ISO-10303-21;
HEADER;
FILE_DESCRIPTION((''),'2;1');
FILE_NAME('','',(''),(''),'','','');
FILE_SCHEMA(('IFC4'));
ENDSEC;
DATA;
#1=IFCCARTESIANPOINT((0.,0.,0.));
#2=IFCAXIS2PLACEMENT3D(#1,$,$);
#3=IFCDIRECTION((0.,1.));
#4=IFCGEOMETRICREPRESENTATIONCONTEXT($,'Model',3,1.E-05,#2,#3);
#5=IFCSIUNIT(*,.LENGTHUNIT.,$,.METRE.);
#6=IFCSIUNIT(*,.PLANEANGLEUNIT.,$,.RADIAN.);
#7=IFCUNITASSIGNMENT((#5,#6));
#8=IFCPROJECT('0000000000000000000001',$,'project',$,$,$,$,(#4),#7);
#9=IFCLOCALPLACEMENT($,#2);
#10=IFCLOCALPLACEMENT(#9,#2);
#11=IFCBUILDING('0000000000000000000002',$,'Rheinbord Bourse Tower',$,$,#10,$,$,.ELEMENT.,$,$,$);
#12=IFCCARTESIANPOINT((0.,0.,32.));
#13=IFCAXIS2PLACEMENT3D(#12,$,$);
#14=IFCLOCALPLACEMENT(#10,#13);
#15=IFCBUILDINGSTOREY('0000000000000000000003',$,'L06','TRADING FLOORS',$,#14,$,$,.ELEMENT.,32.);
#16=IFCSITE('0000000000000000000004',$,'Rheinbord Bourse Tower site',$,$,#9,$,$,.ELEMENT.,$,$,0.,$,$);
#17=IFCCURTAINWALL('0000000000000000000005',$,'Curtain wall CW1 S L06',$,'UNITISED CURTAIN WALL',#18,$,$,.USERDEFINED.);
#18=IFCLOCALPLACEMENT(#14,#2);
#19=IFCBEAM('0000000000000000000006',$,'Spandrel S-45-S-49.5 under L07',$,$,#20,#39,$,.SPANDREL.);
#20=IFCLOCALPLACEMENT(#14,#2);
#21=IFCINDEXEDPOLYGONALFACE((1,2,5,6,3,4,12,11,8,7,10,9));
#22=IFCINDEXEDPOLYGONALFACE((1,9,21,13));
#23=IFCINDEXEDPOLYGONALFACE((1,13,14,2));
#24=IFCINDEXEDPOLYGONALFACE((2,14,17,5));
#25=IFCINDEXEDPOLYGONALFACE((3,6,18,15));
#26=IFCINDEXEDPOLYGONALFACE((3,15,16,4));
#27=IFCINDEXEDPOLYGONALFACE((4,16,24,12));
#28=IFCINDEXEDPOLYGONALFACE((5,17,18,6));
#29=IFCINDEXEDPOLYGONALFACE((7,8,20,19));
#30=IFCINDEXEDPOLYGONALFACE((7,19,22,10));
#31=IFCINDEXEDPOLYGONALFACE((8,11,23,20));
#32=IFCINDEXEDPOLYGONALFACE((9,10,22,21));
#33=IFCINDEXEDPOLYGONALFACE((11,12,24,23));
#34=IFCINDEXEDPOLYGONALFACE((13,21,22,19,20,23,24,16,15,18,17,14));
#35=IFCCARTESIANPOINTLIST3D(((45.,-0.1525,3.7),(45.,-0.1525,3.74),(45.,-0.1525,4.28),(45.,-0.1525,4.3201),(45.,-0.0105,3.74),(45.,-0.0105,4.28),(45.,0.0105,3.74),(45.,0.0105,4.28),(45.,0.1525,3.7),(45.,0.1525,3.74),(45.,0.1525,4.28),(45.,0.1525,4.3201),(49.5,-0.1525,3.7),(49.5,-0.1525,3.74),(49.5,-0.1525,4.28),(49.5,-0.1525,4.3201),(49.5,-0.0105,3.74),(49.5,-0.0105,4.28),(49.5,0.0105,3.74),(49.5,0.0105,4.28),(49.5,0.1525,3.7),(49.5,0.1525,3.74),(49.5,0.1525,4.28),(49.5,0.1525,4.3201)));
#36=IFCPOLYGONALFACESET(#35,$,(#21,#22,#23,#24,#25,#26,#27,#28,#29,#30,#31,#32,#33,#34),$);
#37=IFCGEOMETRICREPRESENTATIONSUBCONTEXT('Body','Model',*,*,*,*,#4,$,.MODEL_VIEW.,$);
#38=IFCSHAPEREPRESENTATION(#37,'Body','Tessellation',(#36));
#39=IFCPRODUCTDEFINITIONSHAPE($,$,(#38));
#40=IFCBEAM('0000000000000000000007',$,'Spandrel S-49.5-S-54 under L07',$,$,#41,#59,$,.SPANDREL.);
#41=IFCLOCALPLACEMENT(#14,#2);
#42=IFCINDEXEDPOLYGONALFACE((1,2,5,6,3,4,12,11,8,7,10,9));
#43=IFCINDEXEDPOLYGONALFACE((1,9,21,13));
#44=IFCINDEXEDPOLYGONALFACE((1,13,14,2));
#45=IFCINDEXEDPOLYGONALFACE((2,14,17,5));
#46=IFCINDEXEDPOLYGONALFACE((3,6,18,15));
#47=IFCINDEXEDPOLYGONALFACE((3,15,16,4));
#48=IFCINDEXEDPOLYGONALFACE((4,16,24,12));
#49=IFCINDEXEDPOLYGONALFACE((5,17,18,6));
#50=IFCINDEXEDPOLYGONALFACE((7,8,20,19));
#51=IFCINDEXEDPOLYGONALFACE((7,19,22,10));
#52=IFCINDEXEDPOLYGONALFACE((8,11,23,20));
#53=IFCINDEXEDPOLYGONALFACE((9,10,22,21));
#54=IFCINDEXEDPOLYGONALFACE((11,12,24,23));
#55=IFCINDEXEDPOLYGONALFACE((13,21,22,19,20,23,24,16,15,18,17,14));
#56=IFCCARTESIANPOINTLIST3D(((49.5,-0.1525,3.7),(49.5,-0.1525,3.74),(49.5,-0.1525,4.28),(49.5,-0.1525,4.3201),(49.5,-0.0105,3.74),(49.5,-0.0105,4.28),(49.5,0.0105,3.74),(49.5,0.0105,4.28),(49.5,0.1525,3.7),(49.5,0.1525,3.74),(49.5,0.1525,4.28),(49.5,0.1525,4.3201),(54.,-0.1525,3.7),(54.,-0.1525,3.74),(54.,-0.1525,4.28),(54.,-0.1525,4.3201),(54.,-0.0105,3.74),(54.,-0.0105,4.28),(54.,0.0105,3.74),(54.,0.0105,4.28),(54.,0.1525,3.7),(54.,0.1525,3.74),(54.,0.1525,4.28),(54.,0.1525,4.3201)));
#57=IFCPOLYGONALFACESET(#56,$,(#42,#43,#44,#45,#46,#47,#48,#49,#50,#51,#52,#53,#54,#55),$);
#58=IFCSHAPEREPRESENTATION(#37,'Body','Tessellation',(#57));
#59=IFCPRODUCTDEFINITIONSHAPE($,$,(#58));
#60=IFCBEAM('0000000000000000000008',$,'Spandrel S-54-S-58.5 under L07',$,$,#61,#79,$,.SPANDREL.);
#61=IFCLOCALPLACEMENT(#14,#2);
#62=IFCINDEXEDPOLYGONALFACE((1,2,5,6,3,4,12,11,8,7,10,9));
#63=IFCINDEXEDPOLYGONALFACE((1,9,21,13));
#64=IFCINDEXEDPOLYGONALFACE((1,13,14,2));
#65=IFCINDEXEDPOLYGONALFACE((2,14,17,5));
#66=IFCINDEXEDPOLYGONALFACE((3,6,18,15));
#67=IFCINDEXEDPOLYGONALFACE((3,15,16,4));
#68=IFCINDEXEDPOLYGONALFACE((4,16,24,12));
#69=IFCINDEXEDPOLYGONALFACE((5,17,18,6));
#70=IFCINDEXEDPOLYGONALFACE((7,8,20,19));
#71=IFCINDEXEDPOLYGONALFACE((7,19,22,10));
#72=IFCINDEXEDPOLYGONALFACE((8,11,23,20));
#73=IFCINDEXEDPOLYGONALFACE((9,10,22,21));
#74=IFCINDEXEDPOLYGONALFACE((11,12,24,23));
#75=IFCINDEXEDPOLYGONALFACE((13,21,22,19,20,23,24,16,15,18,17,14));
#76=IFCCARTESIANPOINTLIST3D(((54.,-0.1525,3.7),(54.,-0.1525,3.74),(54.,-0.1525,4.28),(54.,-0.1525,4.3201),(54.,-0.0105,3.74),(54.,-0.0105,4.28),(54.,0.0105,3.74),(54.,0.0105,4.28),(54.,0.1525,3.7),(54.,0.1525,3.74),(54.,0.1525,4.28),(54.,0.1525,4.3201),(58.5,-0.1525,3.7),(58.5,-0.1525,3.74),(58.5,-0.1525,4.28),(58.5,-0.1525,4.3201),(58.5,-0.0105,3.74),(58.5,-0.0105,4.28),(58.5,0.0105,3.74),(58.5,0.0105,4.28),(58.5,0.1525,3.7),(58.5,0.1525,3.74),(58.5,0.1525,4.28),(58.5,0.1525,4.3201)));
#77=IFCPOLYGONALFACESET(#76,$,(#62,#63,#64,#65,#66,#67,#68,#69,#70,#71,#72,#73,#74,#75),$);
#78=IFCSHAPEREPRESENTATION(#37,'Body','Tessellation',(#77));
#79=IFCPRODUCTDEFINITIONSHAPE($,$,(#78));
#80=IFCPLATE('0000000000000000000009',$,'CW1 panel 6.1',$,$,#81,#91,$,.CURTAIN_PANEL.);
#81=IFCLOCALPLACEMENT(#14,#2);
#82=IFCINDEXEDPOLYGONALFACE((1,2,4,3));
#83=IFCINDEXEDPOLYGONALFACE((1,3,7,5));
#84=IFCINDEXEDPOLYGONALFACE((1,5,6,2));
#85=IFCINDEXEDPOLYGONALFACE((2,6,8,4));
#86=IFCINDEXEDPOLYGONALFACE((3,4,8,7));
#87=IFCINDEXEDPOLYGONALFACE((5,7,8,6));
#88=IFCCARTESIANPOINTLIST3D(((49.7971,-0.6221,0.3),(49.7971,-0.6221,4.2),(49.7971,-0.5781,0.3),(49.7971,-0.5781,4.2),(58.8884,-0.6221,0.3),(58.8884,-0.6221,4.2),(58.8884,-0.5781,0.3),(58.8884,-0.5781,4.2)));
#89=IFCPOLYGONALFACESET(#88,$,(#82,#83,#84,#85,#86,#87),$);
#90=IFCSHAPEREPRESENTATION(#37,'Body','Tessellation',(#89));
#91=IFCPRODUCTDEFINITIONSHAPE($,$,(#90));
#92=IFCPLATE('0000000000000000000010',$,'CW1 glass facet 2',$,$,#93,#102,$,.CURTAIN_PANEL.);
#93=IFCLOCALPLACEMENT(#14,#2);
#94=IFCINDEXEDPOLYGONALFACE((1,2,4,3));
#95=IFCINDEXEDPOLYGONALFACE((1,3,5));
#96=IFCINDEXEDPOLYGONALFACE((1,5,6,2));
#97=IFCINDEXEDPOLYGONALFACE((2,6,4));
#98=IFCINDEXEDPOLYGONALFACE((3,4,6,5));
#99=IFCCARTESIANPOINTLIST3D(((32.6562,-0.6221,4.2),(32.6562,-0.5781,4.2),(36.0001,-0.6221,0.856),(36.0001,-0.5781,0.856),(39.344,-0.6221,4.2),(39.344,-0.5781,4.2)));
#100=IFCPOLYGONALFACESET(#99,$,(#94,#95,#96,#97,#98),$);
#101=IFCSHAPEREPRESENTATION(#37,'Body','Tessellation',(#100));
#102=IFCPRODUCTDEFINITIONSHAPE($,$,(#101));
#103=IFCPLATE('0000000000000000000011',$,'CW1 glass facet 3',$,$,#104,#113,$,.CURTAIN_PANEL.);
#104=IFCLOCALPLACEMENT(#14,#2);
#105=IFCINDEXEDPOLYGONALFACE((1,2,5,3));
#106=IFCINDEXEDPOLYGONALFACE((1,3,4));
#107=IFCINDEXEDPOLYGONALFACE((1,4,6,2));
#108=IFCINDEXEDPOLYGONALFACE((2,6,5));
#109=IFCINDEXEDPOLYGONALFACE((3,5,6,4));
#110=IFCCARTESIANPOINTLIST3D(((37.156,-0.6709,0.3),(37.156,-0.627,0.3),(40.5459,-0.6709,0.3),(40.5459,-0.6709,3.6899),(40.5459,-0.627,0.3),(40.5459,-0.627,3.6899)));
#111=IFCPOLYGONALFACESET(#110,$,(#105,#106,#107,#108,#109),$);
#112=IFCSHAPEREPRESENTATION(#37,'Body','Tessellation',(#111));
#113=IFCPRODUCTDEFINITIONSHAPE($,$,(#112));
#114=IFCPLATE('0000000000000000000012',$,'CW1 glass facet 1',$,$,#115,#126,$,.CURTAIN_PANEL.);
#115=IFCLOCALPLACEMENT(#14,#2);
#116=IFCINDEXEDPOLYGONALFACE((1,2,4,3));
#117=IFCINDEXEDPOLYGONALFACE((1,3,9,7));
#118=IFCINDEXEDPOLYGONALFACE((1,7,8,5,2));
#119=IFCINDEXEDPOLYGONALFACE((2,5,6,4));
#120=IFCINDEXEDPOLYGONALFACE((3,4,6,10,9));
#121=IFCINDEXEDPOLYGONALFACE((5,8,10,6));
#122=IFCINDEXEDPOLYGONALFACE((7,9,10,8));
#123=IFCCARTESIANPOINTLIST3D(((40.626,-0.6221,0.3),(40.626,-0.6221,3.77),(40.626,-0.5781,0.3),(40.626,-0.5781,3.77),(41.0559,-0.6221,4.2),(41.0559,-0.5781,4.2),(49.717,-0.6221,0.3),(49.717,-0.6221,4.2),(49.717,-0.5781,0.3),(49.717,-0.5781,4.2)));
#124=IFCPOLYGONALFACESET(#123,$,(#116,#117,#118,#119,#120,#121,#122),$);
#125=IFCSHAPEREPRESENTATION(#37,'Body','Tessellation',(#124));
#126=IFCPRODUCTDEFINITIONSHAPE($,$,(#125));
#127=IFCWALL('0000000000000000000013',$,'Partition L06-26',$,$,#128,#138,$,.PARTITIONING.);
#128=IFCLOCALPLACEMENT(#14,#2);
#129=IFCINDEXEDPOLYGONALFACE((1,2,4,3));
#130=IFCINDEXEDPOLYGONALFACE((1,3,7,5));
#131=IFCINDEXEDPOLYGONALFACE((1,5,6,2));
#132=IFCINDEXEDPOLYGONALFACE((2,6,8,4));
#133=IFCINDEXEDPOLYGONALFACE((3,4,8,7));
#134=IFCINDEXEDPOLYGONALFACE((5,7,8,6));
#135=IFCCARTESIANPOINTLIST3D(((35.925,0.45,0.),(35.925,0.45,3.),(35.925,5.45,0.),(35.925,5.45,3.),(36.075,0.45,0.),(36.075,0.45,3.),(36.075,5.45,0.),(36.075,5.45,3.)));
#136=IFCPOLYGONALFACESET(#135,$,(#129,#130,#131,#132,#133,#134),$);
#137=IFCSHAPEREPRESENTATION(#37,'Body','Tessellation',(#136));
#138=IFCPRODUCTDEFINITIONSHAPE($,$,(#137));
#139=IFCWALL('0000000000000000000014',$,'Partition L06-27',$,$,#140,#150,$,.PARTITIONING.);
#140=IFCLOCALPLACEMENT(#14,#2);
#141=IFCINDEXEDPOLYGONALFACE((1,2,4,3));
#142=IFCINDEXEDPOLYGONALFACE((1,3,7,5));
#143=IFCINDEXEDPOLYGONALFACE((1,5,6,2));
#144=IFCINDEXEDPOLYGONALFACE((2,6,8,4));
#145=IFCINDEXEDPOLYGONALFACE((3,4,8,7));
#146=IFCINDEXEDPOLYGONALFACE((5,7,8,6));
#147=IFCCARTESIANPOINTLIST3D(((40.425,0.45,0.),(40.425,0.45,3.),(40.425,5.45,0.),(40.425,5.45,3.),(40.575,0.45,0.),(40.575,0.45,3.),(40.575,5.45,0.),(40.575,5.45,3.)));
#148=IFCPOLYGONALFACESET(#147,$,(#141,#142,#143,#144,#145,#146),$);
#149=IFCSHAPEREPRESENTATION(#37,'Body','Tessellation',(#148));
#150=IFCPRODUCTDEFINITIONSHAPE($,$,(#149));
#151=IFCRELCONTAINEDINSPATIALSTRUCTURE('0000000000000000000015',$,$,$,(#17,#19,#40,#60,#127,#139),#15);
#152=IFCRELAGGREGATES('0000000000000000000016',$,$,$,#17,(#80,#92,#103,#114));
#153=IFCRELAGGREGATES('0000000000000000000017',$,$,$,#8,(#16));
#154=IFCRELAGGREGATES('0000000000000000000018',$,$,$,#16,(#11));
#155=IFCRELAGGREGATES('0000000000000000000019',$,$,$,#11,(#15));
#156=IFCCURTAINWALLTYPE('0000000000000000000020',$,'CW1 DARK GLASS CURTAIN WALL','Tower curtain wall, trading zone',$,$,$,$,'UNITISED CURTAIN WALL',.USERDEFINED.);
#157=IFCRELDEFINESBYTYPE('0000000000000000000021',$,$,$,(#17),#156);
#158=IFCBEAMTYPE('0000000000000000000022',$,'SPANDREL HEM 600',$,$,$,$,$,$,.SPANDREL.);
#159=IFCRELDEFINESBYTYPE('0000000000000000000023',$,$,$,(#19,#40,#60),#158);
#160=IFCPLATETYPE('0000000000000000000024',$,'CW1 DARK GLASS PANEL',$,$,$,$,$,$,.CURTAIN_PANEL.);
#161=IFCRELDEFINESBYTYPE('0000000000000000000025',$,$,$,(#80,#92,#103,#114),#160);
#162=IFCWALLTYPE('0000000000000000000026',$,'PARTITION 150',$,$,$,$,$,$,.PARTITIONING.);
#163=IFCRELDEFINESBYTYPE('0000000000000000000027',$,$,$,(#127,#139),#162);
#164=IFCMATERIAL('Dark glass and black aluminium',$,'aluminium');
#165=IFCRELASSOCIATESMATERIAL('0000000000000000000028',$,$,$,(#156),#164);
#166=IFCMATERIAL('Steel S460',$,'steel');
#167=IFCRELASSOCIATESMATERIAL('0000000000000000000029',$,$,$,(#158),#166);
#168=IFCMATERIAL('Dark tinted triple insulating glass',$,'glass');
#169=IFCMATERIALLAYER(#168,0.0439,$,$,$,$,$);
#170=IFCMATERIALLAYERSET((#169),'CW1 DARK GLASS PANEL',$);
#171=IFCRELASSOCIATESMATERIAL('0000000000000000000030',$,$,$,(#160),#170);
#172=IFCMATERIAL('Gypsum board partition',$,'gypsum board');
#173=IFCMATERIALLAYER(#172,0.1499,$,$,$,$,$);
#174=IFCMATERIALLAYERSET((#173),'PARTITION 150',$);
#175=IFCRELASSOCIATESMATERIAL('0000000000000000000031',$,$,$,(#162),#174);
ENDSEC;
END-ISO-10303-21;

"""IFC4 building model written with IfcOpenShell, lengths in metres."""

from ifc_helpers import new_model, si_unit, direction, frame, frame_2d, origin, origin_2d, place, context, subcontext, project, spatial, polyline, rectangle, i_section, outline, extrude, material, layer, layer_set, material_profile, profile_set, type_object, element, aggregate, save


model = new_model("IFC4")

# Units and contexts
model_context = context("Model", 3, precision=1e-05, world=origin(), true_north=direction((0.0, 1.0)))
body_context = subcontext(model_context, "Body", "Model", "MODEL_VIEW")
ifc_project = project(units=[si_unit("LENGTHUNIT", "METRE"), si_unit("PLANEANGLEUNIT", "RADIAN")], contexts=[model_context])

# Site, building, storey
site_placement = place(None, origin())
site = spatial("IfcSite", under=ifc_project, at=site_placement, Name="Rheinbord Bourse Tower site", CompositionType="ELEMENT", RefElevation=0.0)
building_placement = place(site_placement, origin())
building = spatial("IfcBuilding", under=site, at=building_placement, Name="Rheinbord Bourse Tower", CompositionType="ELEMENT")
storey_placement = place(building_placement, frame((0.0, 0.0, 32.0)))
storey = spatial("IfcBuildingStorey", under=building, at=storey_placement, Name="L06", Description="TRADING FLOORS", CompositionType="ELEMENT", Elevation=32.0)

# Curtain wall
ifc_material_1 = material(Name="Dark glass and black aluminium", Category="aluminium")
curtain_wall_type = type_object("IfcCurtainWallType", Name="CW1 DARK GLASS CURTAIN WALL", Description="Tower curtain wall, trading zone", ElementType="UNITISED CURTAIN WALL", PredefinedType="USERDEFINED", material=ifc_material_1)
curtain_wall_placement = place(storey_placement, origin())
curtain_wall = element("IfcCurtainWall", 1, at=curtain_wall_placement, inside=storey, type_object=curtain_wall_type, Name="Curtain wall CW1 S L06", ObjectType="UNITISED CURTAIN WALL", PredefinedType="USERDEFINED")

# Beams
ifc_material_2 = material(Name="Steel S460", Category="steel")
ifc_material_profile_1 = material_profile(ifc_material_2, i_section(OverallWidth=0.3049, OverallDepth=0.6201, WebThickness=0.021, FlangeThickness=0.04, at=origin_2d()), Name="HEM 600")
ifc_profile_set_1 = profile_set([ifc_material_profile_1], Name="Steel S460")
beam_type_1 = type_object("IfcBeamType", Name="SPANDREL HEM 600", PredefinedType="SPANDREL", material=ifc_profile_set_1)
for number, where, z_axis, x_axis, name in (
    (2, (45.0, 0.0, 4.01), (1.0, 0.0, 0.0), (0.0, 1.0, 0.0), "Spandrel S-45-S-49.5 under L07"),
    (3, (49.5, 0.0, 4.01), (1.0, 0.0, 0.0), (0.0, 1.0, 0.0), "Spandrel S-49.5-S-54 under L07"),
    (4, (54.0, 0.0, 4.01), (1.0, 0.0, 0.0), (0.0, 1.0, 0.0), "Spandrel S-54-S-58.5 under L07"),
):
    element("IfcBeam", number, at=place(storey_placement, frame(where, z_axis=z_axis, x_axis=x_axis)), inside=storey, type_object=beam_type_1, Name=name, PredefinedType="SPANDREL", context=body_context, shape_type="SweptSolid", body=[
        extrude(i_section(OverallWidth=0.3049, OverallDepth=0.6201, WebThickness=0.021, FlangeThickness=0.04, at=origin_2d()), origin(), (0.0, 0.0, 1.0), 4.5),
    ])

# Plates
ifc_material_3 = material(Name="Dark tinted triple insulating glass", Category="glass")
ifc_layer_1 = layer(ifc_material_3, 0.0439)
ifc_layer_set_1 = layer_set([ifc_layer_1], Name="CW1 DARK GLASS PANEL")
plate_type = type_object("IfcPlateType", Name="CW1 DARK GLASS PANEL", PredefinedType="CURTAIN_PANEL", material=ifc_layer_set_1)
plate_1_placement = place(storey_placement, frame((54.3428, -0.6001, 0.3), z_axis=(0.0, 0.0, 1.0), x_axis=(1.0, 0.0, 0.0)))
plate_1 = element("IfcPlate", 5, at=plate_1_placement, type_object=plate_type, Name="CW1 panel 6.1", PredefinedType="CURTAIN_PANEL", context=body_context, shape_type="SweptSolid", body=[
    extrude(rectangle(XDim=9.0913, YDim=0.0439, at=origin_2d()), origin(), (0.0, 0.0, 1.0), 3.8999),
])
plate_2_placement = place(storey_placement, frame((39.344, -0.6221, 4.2), z_axis=(0.0, 1.0, 0.0), x_axis=(-0.707107, 0.0, -0.707107)))
plate_2 = element("IfcPlate", 6, at=plate_2_placement, type_object=plate_type, Name="CW1 glass facet 2", PredefinedType="CURTAIN_PANEL", context=body_context, shape_type="SweptSolid", body=[
    extrude(outline(polyline([(0.0, 0.0), (4.729, 0.0), (4.729, 4.729), (0.0, 0.0)])), origin(), (0.0, 0.0, 1.0), 0.0439),
])
plate_3_placement = place(storey_placement, frame((40.5459, -0.6709, 0.3), z_axis=(0.0, 1.0, 0.0), x_axis=(-1.0, 0.0, 0.0)))
plate_3 = element("IfcPlate", 7, at=plate_3_placement, type_object=plate_type, Name="CW1 glass facet 3", PredefinedType="CURTAIN_PANEL", context=body_context, shape_type="SweptSolid", body=[
    extrude(outline(polyline([(0.0, 0.0), (3.3899, 0.0), (0.0, 3.3899), (0.0, 0.0)])), origin(), (0.0, 0.0, 1.0), 0.0439),
])
plate_4_placement = place(storey_placement, frame((49.717, -0.6221, 4.2), z_axis=(0.0, 1.0, 0.0), x_axis=(0.0, 0.0, -1.0)))
plate_4 = element("IfcPlate", 8, at=plate_4_placement, type_object=plate_type, Name="CW1 glass facet 1", PredefinedType="CURTAIN_PANEL", context=body_context, shape_type="SweptSolid", body=[
    extrude(outline(polyline([(0.0, 0.0), (3.8999, 0.0), (3.8999, 9.0911), (0.4299, 9.0911), (0.0, 8.6611), (0.0, 0.0)])), origin(), (0.0, 0.0, 1.0), 0.0439),
])
aggregate(curtain_wall, [plate_1, plate_2, plate_3, plate_4])

# Walls
ifc_material_4 = material(Name="Gypsum board partition", Category="gypsum board")
ifc_layer_2 = layer(ifc_material_4, 0.1499)
ifc_layer_set_2 = layer_set([ifc_layer_2], Name="PARTITION 150")
wall_type = type_object("IfcWallType", Name="PARTITION 150", PredefinedType="PARTITIONING", material=ifc_layer_set_2)
for number, where, z_axis, x_axis, name in (
    (9, (36.0, 0.45, 0.0), (0.0, 0.0, 1.0), (0.0, 1.0, 0.0), "Partition L06-26"),
    (10, (40.5, 0.45, 0.0), (0.0, 0.0, 1.0), (0.0, 1.0, 0.0), "Partition L06-27"),
):
    element("IfcWall", number, at=place(storey_placement, frame(where, z_axis=z_axis, x_axis=x_axis)), inside=storey, type_object=wall_type, Name=name, PredefinedType="PARTITIONING", context=body_context, shape_type="SweptSolid", body=[
        extrude(rectangle(XDim=5.0, YDim=0.1499, at=frame_2d((2.5, 0.0))), origin(), (0.0, 0.0, 1.0), 3.0),
    ])

save(model, "model.ifc")
